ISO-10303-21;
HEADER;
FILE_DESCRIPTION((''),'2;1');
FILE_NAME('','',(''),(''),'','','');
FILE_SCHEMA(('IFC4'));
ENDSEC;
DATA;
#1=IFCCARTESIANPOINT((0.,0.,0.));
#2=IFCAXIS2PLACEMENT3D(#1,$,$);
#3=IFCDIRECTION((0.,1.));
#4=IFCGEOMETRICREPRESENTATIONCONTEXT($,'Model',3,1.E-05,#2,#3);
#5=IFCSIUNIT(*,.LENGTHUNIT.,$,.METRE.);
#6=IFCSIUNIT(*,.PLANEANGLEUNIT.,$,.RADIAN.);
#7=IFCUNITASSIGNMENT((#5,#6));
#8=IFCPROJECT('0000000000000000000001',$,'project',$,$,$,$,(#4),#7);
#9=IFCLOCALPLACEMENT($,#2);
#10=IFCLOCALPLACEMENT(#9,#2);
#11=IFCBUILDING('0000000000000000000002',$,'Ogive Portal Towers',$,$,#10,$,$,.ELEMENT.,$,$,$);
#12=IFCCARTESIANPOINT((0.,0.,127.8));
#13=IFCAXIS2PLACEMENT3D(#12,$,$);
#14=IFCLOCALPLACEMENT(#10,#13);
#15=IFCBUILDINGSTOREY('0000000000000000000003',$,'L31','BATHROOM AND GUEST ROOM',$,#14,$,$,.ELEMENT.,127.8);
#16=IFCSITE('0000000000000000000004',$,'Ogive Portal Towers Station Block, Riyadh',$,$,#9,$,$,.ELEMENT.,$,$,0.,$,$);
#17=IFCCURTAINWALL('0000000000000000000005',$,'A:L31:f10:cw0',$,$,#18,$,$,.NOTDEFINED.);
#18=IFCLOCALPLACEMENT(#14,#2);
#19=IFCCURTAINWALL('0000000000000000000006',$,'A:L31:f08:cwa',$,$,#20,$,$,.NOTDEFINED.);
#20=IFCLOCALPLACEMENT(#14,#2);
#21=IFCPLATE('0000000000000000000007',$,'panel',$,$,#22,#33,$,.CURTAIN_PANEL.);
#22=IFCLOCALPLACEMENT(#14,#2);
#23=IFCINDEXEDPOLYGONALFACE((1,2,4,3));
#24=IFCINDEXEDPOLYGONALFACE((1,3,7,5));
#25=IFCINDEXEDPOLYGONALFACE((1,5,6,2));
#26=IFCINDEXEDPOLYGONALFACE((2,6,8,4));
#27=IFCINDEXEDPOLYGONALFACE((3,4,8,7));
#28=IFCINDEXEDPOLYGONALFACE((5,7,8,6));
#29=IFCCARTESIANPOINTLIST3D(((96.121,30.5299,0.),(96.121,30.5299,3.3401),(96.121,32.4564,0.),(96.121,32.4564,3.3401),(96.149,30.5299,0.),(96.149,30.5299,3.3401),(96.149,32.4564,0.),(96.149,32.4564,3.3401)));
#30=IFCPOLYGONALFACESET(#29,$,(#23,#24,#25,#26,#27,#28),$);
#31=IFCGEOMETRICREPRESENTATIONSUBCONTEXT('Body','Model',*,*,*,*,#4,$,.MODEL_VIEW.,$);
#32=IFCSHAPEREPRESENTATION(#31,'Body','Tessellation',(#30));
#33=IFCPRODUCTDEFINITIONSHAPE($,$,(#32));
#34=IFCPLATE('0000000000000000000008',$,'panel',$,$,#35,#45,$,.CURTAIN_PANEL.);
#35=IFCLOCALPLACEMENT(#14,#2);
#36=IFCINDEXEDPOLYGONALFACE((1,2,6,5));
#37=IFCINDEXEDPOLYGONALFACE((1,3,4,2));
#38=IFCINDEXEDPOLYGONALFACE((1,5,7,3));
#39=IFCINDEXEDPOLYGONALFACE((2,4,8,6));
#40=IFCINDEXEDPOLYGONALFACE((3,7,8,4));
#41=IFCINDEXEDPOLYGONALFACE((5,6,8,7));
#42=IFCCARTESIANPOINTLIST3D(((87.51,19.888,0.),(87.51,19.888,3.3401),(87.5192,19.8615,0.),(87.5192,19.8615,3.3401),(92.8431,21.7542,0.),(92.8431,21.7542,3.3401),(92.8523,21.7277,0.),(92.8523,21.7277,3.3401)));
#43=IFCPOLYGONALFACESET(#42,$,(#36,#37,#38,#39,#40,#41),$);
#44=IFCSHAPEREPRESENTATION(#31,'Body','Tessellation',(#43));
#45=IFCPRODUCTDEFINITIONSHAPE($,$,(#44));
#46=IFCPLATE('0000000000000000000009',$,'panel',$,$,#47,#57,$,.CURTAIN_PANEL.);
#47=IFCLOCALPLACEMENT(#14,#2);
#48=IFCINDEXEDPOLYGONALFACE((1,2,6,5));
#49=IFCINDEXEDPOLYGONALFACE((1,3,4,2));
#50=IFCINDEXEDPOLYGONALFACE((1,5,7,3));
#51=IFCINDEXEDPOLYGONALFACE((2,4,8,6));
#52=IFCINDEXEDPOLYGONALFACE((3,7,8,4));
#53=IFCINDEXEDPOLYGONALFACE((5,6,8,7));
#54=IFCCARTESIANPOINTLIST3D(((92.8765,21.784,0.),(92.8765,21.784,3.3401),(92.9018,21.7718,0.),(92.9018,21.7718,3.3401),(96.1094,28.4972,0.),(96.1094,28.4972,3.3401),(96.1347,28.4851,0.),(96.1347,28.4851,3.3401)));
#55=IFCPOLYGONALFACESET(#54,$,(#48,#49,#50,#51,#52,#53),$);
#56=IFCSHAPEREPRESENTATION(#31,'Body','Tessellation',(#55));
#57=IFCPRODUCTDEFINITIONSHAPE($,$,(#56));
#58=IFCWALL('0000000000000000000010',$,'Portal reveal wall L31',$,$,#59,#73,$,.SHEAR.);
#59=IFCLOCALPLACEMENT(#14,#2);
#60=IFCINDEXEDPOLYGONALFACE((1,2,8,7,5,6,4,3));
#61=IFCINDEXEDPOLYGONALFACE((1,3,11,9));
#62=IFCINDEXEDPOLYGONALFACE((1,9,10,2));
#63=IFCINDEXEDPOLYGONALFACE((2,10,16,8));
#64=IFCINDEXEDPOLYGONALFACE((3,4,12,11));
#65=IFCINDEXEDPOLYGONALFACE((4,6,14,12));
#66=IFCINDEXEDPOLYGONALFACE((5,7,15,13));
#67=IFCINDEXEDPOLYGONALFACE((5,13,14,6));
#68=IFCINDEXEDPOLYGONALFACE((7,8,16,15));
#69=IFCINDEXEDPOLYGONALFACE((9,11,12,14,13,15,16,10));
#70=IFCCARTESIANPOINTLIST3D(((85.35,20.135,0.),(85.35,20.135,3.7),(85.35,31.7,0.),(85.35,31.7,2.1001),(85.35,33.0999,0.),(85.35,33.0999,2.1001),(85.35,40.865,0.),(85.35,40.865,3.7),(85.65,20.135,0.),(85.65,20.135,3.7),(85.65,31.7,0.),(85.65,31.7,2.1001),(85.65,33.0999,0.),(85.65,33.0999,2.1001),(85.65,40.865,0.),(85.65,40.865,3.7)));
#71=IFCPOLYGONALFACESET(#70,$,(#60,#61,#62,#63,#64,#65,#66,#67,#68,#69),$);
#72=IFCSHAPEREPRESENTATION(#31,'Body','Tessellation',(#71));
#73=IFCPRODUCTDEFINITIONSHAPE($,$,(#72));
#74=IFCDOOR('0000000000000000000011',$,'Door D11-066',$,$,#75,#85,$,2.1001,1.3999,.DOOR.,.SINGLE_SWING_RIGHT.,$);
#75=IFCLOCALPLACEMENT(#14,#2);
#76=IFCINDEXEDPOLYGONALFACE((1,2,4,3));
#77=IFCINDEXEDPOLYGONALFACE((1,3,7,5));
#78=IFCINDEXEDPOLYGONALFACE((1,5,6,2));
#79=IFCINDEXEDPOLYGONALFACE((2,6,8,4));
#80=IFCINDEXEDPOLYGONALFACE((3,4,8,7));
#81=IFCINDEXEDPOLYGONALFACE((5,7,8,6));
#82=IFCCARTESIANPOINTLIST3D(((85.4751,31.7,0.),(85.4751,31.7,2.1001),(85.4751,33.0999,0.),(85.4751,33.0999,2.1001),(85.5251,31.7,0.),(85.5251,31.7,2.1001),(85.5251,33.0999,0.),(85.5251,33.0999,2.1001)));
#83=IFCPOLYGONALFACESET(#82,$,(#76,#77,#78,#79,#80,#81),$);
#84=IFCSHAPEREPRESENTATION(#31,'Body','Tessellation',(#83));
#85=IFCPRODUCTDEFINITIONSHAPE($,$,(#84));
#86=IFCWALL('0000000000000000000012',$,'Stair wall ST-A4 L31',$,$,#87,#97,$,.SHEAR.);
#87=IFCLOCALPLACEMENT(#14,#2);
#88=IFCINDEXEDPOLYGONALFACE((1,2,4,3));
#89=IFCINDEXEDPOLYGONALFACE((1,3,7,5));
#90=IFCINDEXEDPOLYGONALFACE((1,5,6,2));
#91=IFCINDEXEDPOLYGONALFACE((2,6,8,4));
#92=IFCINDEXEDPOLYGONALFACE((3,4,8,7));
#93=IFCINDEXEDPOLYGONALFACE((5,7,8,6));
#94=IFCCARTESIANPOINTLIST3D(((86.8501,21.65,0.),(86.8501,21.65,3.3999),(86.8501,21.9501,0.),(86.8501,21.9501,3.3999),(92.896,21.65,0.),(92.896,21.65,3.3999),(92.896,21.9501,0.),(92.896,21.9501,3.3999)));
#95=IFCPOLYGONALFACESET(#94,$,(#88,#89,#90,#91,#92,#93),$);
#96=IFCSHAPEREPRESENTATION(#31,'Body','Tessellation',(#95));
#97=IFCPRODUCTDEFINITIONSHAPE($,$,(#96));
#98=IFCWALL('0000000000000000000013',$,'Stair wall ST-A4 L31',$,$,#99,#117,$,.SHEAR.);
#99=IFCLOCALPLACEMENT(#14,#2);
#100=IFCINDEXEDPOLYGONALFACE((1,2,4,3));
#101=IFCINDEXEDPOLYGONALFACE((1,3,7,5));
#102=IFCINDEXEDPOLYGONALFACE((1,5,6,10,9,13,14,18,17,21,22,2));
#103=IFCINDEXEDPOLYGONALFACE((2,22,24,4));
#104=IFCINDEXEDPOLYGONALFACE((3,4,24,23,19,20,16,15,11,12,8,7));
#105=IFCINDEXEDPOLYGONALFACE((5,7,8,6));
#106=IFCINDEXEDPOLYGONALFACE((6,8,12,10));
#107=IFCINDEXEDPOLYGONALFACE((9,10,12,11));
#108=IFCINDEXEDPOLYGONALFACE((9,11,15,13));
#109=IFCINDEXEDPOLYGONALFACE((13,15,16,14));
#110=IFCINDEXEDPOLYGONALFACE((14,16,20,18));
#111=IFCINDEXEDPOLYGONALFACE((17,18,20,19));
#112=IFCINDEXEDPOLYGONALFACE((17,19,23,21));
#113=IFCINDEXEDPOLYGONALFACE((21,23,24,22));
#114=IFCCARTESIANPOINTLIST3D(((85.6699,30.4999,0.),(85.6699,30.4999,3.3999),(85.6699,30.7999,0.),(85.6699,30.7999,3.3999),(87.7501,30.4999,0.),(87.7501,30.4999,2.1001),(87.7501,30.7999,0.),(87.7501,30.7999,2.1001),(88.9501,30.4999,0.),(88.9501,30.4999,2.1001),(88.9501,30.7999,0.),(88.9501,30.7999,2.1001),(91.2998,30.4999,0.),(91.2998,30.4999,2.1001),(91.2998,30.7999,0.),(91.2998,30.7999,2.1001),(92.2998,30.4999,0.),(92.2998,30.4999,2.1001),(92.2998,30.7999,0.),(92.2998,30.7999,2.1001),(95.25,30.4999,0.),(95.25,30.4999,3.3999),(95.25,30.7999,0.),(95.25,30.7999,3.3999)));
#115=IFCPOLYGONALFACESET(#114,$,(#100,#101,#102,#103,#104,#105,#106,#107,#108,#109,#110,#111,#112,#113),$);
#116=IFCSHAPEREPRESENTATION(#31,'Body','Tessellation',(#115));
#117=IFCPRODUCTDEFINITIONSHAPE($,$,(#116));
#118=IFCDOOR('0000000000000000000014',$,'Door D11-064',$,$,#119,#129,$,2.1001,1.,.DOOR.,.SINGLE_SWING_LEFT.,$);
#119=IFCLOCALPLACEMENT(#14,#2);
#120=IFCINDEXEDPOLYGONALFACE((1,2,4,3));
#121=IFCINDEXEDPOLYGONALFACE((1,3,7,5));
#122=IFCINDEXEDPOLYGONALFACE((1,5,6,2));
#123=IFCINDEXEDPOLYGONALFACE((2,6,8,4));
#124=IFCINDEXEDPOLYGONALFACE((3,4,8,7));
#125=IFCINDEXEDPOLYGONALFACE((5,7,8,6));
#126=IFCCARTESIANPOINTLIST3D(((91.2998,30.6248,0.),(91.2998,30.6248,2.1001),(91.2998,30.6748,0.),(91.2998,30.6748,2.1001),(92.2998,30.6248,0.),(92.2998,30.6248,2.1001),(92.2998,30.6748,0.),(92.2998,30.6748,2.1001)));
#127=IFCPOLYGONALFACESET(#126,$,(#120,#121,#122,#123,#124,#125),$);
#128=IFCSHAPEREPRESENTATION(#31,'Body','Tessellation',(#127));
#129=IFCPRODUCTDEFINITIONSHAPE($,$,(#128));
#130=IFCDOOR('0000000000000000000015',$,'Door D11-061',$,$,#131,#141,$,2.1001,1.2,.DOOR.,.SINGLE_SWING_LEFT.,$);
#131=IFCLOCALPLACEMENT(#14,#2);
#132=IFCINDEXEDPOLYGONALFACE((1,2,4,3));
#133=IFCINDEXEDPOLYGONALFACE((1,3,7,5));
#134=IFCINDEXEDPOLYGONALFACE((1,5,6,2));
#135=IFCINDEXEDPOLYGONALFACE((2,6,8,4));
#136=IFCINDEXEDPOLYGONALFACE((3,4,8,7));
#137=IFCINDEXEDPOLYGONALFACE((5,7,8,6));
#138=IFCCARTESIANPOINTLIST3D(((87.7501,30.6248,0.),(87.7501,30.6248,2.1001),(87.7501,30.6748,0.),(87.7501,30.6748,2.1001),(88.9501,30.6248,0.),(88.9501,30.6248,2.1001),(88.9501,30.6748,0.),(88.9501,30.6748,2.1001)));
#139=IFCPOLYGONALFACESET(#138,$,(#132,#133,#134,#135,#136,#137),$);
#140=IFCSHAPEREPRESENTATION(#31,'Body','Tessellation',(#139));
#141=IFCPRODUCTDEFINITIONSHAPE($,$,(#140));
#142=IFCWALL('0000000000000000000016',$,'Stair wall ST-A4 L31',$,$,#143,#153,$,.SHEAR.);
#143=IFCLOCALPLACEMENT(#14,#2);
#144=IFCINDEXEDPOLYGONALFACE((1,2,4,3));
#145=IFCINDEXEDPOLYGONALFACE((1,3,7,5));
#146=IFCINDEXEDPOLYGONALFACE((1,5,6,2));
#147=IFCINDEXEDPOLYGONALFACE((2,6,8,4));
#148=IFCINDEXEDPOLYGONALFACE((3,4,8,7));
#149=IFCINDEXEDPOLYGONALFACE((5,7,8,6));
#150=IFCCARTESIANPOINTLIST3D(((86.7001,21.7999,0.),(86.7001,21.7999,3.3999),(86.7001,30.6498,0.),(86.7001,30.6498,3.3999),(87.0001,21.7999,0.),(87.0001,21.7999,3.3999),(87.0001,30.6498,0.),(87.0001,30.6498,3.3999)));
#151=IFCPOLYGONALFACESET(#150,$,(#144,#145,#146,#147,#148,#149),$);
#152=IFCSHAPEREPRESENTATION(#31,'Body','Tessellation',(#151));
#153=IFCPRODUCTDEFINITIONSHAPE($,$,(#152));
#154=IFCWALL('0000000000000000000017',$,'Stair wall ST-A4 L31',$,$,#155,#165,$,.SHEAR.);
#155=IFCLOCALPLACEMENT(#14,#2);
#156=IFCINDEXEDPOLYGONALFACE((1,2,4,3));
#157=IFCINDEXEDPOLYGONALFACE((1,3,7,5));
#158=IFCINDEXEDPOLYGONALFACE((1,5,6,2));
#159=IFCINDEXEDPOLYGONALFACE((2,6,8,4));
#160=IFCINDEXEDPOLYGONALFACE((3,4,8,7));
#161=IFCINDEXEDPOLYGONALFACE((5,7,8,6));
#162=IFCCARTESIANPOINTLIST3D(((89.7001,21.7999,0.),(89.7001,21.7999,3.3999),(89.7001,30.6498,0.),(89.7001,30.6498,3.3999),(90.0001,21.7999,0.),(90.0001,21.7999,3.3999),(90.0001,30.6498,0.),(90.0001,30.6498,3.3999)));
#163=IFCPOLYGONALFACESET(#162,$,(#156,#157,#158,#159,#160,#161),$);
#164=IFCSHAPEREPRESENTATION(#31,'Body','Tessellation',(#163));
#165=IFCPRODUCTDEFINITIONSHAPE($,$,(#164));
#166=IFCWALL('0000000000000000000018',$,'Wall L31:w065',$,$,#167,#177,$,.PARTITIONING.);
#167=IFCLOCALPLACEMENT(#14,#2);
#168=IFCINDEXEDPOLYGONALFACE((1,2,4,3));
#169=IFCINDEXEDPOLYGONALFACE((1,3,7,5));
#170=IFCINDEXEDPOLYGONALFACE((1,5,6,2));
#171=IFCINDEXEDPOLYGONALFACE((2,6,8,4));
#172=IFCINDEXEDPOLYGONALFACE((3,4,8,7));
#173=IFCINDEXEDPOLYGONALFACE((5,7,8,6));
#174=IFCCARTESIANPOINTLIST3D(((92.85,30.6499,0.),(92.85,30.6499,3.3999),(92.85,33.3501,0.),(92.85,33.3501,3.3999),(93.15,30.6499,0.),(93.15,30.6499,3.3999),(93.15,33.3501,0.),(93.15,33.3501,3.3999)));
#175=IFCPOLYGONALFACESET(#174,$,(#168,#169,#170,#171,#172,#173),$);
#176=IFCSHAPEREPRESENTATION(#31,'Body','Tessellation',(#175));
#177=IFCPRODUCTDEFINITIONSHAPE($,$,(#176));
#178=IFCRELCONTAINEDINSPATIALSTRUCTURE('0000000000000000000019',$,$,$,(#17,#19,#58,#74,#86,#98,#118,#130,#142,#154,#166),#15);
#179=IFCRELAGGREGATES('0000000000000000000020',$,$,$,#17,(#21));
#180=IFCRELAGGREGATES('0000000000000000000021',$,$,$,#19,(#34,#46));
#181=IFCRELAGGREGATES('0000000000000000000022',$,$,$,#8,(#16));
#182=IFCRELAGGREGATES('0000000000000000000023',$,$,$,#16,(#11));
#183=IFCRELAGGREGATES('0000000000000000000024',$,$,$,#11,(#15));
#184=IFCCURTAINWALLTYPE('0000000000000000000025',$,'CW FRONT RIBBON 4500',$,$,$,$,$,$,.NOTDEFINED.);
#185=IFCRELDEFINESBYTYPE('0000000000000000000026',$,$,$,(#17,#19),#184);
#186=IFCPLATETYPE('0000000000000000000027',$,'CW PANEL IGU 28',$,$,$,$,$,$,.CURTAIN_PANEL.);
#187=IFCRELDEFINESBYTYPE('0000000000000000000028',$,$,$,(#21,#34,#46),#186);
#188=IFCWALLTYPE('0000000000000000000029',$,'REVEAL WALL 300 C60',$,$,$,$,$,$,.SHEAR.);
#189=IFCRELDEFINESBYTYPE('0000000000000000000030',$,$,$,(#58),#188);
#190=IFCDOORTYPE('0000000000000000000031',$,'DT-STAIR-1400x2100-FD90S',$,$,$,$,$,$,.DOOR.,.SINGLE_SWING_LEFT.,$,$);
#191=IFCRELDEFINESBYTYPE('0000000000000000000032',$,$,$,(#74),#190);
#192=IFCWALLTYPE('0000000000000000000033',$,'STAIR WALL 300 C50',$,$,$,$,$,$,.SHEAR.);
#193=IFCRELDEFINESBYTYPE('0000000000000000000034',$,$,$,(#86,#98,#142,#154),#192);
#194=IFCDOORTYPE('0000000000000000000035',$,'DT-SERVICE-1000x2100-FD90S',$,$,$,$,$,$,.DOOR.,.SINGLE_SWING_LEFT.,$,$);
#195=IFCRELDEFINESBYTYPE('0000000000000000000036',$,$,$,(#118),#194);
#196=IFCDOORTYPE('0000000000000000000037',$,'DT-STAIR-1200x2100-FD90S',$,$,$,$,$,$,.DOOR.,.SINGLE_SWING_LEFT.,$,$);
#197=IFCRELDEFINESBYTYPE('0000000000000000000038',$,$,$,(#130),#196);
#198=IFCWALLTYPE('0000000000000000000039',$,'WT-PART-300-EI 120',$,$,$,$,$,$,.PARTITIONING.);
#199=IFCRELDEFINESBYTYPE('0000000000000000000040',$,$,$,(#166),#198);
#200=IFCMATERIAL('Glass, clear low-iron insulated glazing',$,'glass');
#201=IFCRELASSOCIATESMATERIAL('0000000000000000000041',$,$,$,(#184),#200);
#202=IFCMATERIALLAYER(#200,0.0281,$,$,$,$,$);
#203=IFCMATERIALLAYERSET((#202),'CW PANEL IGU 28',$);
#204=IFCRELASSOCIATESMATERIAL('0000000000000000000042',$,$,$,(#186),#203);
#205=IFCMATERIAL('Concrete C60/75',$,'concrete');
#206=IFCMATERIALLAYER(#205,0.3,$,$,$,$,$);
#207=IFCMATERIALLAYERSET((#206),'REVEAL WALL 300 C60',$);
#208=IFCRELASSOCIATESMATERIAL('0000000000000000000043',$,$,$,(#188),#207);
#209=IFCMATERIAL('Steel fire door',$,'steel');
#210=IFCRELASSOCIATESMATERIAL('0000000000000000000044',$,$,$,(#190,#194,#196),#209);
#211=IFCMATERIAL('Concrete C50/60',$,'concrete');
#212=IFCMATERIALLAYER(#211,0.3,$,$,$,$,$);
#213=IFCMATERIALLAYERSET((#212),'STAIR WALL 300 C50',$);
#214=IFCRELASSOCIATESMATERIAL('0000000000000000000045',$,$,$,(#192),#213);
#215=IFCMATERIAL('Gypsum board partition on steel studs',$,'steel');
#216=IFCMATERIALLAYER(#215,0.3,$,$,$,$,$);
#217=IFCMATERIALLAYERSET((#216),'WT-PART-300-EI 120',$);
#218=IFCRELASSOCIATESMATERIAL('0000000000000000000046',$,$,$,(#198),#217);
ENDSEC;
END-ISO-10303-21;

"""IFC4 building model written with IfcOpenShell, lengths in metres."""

from ifc_helpers import new_model, si_unit, direction, frame, frame_2d, origin, origin_2d, place, context, subcontext, project, spatial, rectangle, extrude, material, layer, layer_set, type_object, element, fill, aggregate, save


model = new_model("IFC4")

# Units and contexts
model_context = context("Model", 3, precision=1e-05, world=origin(), true_north=direction((0.0, 1.0)))
body_context = subcontext(model_context, "Body", "Model", "MODEL_VIEW")
ifc_project = project(units=[si_unit("LENGTHUNIT", "METRE"), si_unit("PLANEANGLEUNIT", "RADIAN")], contexts=[model_context])

# Site, building, storey
site_placement = place(None, origin())
site = spatial("IfcSite", under=ifc_project, at=site_placement, Name="Ogive Portal Towers Station Block, Riyadh", CompositionType="ELEMENT", RefElevation=0.0)
building_placement = place(site_placement, origin())
building = spatial("IfcBuilding", under=site, at=building_placement, Name="Ogive Portal Towers", CompositionType="ELEMENT")
storey_placement = place(building_placement, frame((0.0, 0.0, 127.8)))
storey = spatial("IfcBuildingStorey", under=building, at=storey_placement, Name="L31", Description="BATHROOM AND GUEST ROOM", CompositionType="ELEMENT", Elevation=127.8)

# Shared definitions
ifc_material_1 = material(Name="Concrete C60/75", Category="concrete")

# Curtain walls
ifc_material_2 = material(Name="Glass, clear low-iron insulated glazing", Category="glass")
curtain_wall_type = type_object("IfcCurtainWallType", Name="CW FRONT RIBBON 4500", PredefinedType="NOTDEFINED", material=ifc_material_2)
curtain_wall_1_placement = place(storey_placement, origin())
curtain_wall_1 = element("IfcCurtainWall", 1, at=curtain_wall_1_placement, inside=storey, type_object=curtain_wall_type, Name="A:L31:f10:cw0", PredefinedType="NOTDEFINED")
curtain_wall_2_placement = place(storey_placement, origin())
curtain_wall_2 = element("IfcCurtainWall", 2, at=curtain_wall_2_placement, inside=storey, type_object=curtain_wall_type, Name="A:L31:f08:cwa", PredefinedType="NOTDEFINED")

# Plates
ifc_layer_1 = layer(ifc_material_2, 0.0281)
ifc_layer_set_1 = layer_set([ifc_layer_1], Name="CW PANEL IGU 28")
plate_type = type_object("IfcPlateType", Name="CW PANEL IGU 28", PredefinedType="CURTAIN_PANEL", material=ifc_layer_set_1)
plate_1_placement = place(storey_placement, frame((96.135, 31.4932, 0.0), z_axis=(0.0, 0.0, 1.0), x_axis=(0.0, 1.0, 0.0)))
plate_1 = element("IfcPlate", 3, at=plate_1_placement, type_object=plate_type, Name="panel", PredefinedType="CURTAIN_PANEL", context=body_context, shape_type="SweptSolid", body=[
    extrude(rectangle(XDim=1.9265, YDim=0.0281, at=origin_2d()), origin(), (0.0, 0.0, 1.0), 3.3401),
])
aggregate(curtain_wall_1, [plate_1])
plate_2_placement = place(storey_placement, frame((90.1812, 20.8079, 0.0), z_axis=(0.0, 0.0, 1.0), x_axis=(0.943883, 0.330279, 0.0)))
plate_2 = element("IfcPlate", 4, at=plate_2_placement, type_object=plate_type, Name="panel", PredefinedType="CURTAIN_PANEL", context=body_context, shape_type="SweptSolid", body=[
    extrude(rectangle(XDim=5.6501, YDim=0.0281, at=origin_2d()), origin(), (0.0, 0.0, 1.0), 3.3401),
])
plate_3_placement = place(storey_placement, frame((94.5056, 25.1345, 0.0), z_axis=(0.0, 0.0, 1.0), x_axis=(0.433884, 0.900969, 0.0)))
plate_3 = element("IfcPlate", 5, at=plate_3_placement, type_object=plate_type, Name="panel", PredefinedType="CURTAIN_PANEL", context=body_context, shape_type="SweptSolid", body=[
    extrude(rectangle(XDim=7.4512, YDim=0.0281, at=origin_2d()), origin(), (0.0, 0.0, 1.0), 3.3401),
])
aggregate(curtain_wall_2, [plate_2, plate_3])

# Wall, opening, door
ifc_layer_2 = layer(ifc_material_1, 0.3)
ifc_layer_set_2 = layer_set([ifc_layer_2], Name="REVEAL WALL 300 C60")
wall_type_1 = type_object("IfcWallType", Name="REVEAL WALL 300 C60", PredefinedType="SHEAR", material=ifc_layer_set_2)
wall_1_placement = place(storey_placement, frame((85.5, 20.135, 0.0), z_axis=(0.0, 0.0, 1.0), x_axis=(0.0, 1.0, 0.0)))
wall_1 = element("IfcWall", 6, at=wall_1_placement, inside=storey, type_object=wall_type_1, Name="Portal reveal wall L31", PredefinedType="SHEAR", context=body_context, shape_type="SweptSolid", body=[
    extrude(rectangle(XDim=20.73, YDim=0.3, at=frame_2d((10.365, 0.0))), origin(), (0.0, 0.0, 1.0), 3.7),
])
opening_1_placement = place(wall_1_placement, frame((11.5649, 0.0, 0.0)))
opening_1 = element("IfcOpeningElement", 7, at=opening_1_placement, cuts=wall_1, PredefinedType="OPENING", context=body_context, shape_type="SweptSolid", body=[
    extrude(rectangle(XDim=1.3999, YDim=2.1001, at=frame_2d((0.7, 1.05))), frame((0.0, 0.1602, 0.0), z_axis=(0.0, -1.0, 0.0), x_axis=(1.0, 0.0, 0.0)), (0.0, 0.0, 1.0), 0.3201),
])
ifc_material_3 = material(Name="Steel fire door", Category="steel")
door_type_1 = type_object("IfcDoorType", Name="DT-STAIR-1400x2100-FD90S", OperationType="SINGLE_SWING_LEFT", PredefinedType="DOOR", material=ifc_material_3)
door_1_placement = place(opening_1_placement, origin())
door_1 = element("IfcDoor", 8, at=door_1_placement, inside=storey, type_object=door_type_1, Name="Door D11-066", OperationType="SINGLE_SWING_RIGHT", OverallHeight=2.1001, OverallWidth=1.3999, PredefinedType="DOOR", context=body_context, shape_type="SweptSolid", body=[
    extrude(rectangle(XDim=1.3999, YDim=2.1001, at=frame_2d((0.7, 1.05))), frame((0.0, 0.0249, 0.0), z_axis=(0.0, -1.0, 0.0), x_axis=(1.0, 0.0, 0.0)), (0.0, 0.0, 1.0), 0.05),
])
fill(opening_1, door_1)

# Wall
ifc_material_4 = material(Name="Concrete C50/60", Category="concrete")
ifc_layer_3 = layer(ifc_material_4, 0.3)
ifc_layer_set_3 = layer_set([ifc_layer_3], Name="STAIR WALL 300 C50")
wall_type_2 = type_object("IfcWallType", Name="STAIR WALL 300 C50", PredefinedType="SHEAR", material=ifc_layer_set_3)
wall_2_placement = place(storey_placement, frame((86.8501, 21.8, 0.0), z_axis=(0.0, 0.0, 1.0), x_axis=(1.0, 0.0, 0.0)))
element("IfcWall", 9, at=wall_2_placement, inside=storey, type_object=wall_type_2, Name="Stair wall ST-A4 L31", PredefinedType="SHEAR", context=body_context, shape_type="SweptSolid", body=[
    extrude(rectangle(XDim=6.0459, YDim=0.3, at=frame_2d((3.0229, 0.0))), origin(), (0.0, 0.0, 1.0), 3.3999),
])

# Wall, openings, doors
wall_3_placement = place(storey_placement, frame((85.6699, 30.6499, 0.0), z_axis=(0.0, 0.0, 1.0), x_axis=(1.0, 0.0, 0.0)))
wall_3 = element("IfcWall", 10, at=wall_3_placement, inside=storey, type_object=wall_type_2, Name="Stair wall ST-A4 L31", PredefinedType="SHEAR", context=body_context, shape_type="SweptSolid", body=[
    extrude(rectangle(XDim=9.5801, YDim=0.3, at=frame_2d((4.79, 0.0))), origin(), (0.0, 0.0, 1.0), 3.3999),
])
opening_2_placement = place(wall_3_placement, frame((2.0801, 0.0, 0.0)))
opening_2 = element("IfcOpeningElement", 11, at=opening_2_placement, cuts=wall_3, PredefinedType="OPENING", context=body_context, shape_type="SweptSolid", body=[
    extrude(rectangle(XDim=1.2, YDim=2.1001, at=frame_2d((0.6001, 1.05))), frame((0.0, 0.1602, 0.0), z_axis=(0.0, -1.0, 0.0), x_axis=(1.0, 0.0, 0.0)), (0.0, 0.0, 1.0), 0.3201),
])
opening_3_placement = place(wall_3_placement, frame((5.6299, 0.0, 0.0)))
opening_3 = element("IfcOpeningElement", 12, at=opening_3_placement, cuts=wall_3, PredefinedType="OPENING", context=body_context, shape_type="SweptSolid", body=[
    extrude(rectangle(XDim=1.0, YDim=2.1001, at=frame_2d((0.5, 1.05))), frame((0.0, 0.1602, 0.0), z_axis=(0.0, -1.0, 0.0), x_axis=(1.0, 0.0, 0.0)), (0.0, 0.0, 1.0), 0.3201),
])
door_type_2 = type_object("IfcDoorType", Name="DT-SERVICE-1000x2100-FD90S", OperationType="SINGLE_SWING_LEFT", PredefinedType="DOOR", material=ifc_material_3)
door_2_placement = place(opening_3_placement, origin())
door_2 = element("IfcDoor", 13, at=door_2_placement, inside=storey, type_object=door_type_2, Name="Door D11-064", OperationType="SINGLE_SWING_LEFT", OverallHeight=2.1001, OverallWidth=1.0, PredefinedType="DOOR", context=body_context, shape_type="SweptSolid", body=[
    extrude(rectangle(XDim=1.0, YDim=2.1001, at=frame_2d((0.5, 1.05))), frame((0.0, 0.0249, 0.0), z_axis=(0.0, -1.0, 0.0), x_axis=(1.0, 0.0, 0.0)), (0.0, 0.0, 1.0), 0.05),
])
fill(opening_3, door_2)
door_type_3 = type_object("IfcDoorType", Name="DT-STAIR-1200x2100-FD90S", OperationType="SINGLE_SWING_LEFT", PredefinedType="DOOR", material=ifc_material_3)
door_3_placement = place(opening_2_placement, origin())
door_3 = element("IfcDoor", 14, at=door_3_placement, inside=storey, type_object=door_type_3, Name="Door D11-061", OperationType="SINGLE_SWING_LEFT", OverallHeight=2.1001, OverallWidth=1.2, PredefinedType="DOOR", context=body_context, shape_type="SweptSolid", body=[
    extrude(rectangle(XDim=1.2, YDim=2.1001, at=frame_2d((0.6001, 1.05))), frame((0.0, 0.0249, 0.0), z_axis=(0.0, -1.0, 0.0), x_axis=(1.0, 0.0, 0.0)), (0.0, 0.0, 1.0), 0.05),
])
fill(opening_2, door_3)

# Walls
for number, where, z_axis, x_axis, name in (
    (15, (86.8501, 21.8, 0.0), (0.0, 0.0, 1.0), (0.0, 1.0, 0.0), "Stair wall ST-A4 L31"),
    (16, (89.8501, 21.8, 0.0), (0.0, 0.0, 1.0), (0.0, 1.0, 0.0), "Stair wall ST-A4 L31"),
):
    element("IfcWall", number, at=place(storey_placement, frame(where, z_axis=z_axis, x_axis=x_axis)), inside=storey, type_object=wall_type_2, Name=name, PredefinedType="SHEAR", context=body_context, shape_type="SweptSolid", body=[
        extrude(rectangle(XDim=8.8499, YDim=0.3, at=frame_2d((4.4248, 0.0))), origin(), (0.0, 0.0, 1.0), 3.3999),
    ])
ifc_material_5 = material(Name="Gypsum board partition on steel studs", Category="steel")
ifc_layer_4 = layer(ifc_material_5, 0.3)
ifc_layer_set_4 = layer_set([ifc_layer_4], Name="WT-PART-300-EI 120")
wall_type_3 = type_object("IfcWallType", Name="WT-PART-300-EI 120", PredefinedType="PARTITIONING", material=ifc_layer_set_4)
wall_4_placement = place(storey_placement, frame((93.0, 30.6499, 0.0), z_axis=(0.0, 0.0, 1.0), x_axis=(0.0, 1.0, 0.0)))
element("IfcWall", 17, at=wall_4_placement, inside=storey, type_object=wall_type_3, Name="Wall L31:w065", PredefinedType="PARTITIONING", context=body_context, shape_type="SweptSolid", body=[
    extrude(rectangle(XDim=2.7002, YDim=0.3, at=frame_2d((1.3501, 0.0))), origin(), (0.0, 0.0, 1.0), 3.3999),
])

save(model, "model.ifc")
